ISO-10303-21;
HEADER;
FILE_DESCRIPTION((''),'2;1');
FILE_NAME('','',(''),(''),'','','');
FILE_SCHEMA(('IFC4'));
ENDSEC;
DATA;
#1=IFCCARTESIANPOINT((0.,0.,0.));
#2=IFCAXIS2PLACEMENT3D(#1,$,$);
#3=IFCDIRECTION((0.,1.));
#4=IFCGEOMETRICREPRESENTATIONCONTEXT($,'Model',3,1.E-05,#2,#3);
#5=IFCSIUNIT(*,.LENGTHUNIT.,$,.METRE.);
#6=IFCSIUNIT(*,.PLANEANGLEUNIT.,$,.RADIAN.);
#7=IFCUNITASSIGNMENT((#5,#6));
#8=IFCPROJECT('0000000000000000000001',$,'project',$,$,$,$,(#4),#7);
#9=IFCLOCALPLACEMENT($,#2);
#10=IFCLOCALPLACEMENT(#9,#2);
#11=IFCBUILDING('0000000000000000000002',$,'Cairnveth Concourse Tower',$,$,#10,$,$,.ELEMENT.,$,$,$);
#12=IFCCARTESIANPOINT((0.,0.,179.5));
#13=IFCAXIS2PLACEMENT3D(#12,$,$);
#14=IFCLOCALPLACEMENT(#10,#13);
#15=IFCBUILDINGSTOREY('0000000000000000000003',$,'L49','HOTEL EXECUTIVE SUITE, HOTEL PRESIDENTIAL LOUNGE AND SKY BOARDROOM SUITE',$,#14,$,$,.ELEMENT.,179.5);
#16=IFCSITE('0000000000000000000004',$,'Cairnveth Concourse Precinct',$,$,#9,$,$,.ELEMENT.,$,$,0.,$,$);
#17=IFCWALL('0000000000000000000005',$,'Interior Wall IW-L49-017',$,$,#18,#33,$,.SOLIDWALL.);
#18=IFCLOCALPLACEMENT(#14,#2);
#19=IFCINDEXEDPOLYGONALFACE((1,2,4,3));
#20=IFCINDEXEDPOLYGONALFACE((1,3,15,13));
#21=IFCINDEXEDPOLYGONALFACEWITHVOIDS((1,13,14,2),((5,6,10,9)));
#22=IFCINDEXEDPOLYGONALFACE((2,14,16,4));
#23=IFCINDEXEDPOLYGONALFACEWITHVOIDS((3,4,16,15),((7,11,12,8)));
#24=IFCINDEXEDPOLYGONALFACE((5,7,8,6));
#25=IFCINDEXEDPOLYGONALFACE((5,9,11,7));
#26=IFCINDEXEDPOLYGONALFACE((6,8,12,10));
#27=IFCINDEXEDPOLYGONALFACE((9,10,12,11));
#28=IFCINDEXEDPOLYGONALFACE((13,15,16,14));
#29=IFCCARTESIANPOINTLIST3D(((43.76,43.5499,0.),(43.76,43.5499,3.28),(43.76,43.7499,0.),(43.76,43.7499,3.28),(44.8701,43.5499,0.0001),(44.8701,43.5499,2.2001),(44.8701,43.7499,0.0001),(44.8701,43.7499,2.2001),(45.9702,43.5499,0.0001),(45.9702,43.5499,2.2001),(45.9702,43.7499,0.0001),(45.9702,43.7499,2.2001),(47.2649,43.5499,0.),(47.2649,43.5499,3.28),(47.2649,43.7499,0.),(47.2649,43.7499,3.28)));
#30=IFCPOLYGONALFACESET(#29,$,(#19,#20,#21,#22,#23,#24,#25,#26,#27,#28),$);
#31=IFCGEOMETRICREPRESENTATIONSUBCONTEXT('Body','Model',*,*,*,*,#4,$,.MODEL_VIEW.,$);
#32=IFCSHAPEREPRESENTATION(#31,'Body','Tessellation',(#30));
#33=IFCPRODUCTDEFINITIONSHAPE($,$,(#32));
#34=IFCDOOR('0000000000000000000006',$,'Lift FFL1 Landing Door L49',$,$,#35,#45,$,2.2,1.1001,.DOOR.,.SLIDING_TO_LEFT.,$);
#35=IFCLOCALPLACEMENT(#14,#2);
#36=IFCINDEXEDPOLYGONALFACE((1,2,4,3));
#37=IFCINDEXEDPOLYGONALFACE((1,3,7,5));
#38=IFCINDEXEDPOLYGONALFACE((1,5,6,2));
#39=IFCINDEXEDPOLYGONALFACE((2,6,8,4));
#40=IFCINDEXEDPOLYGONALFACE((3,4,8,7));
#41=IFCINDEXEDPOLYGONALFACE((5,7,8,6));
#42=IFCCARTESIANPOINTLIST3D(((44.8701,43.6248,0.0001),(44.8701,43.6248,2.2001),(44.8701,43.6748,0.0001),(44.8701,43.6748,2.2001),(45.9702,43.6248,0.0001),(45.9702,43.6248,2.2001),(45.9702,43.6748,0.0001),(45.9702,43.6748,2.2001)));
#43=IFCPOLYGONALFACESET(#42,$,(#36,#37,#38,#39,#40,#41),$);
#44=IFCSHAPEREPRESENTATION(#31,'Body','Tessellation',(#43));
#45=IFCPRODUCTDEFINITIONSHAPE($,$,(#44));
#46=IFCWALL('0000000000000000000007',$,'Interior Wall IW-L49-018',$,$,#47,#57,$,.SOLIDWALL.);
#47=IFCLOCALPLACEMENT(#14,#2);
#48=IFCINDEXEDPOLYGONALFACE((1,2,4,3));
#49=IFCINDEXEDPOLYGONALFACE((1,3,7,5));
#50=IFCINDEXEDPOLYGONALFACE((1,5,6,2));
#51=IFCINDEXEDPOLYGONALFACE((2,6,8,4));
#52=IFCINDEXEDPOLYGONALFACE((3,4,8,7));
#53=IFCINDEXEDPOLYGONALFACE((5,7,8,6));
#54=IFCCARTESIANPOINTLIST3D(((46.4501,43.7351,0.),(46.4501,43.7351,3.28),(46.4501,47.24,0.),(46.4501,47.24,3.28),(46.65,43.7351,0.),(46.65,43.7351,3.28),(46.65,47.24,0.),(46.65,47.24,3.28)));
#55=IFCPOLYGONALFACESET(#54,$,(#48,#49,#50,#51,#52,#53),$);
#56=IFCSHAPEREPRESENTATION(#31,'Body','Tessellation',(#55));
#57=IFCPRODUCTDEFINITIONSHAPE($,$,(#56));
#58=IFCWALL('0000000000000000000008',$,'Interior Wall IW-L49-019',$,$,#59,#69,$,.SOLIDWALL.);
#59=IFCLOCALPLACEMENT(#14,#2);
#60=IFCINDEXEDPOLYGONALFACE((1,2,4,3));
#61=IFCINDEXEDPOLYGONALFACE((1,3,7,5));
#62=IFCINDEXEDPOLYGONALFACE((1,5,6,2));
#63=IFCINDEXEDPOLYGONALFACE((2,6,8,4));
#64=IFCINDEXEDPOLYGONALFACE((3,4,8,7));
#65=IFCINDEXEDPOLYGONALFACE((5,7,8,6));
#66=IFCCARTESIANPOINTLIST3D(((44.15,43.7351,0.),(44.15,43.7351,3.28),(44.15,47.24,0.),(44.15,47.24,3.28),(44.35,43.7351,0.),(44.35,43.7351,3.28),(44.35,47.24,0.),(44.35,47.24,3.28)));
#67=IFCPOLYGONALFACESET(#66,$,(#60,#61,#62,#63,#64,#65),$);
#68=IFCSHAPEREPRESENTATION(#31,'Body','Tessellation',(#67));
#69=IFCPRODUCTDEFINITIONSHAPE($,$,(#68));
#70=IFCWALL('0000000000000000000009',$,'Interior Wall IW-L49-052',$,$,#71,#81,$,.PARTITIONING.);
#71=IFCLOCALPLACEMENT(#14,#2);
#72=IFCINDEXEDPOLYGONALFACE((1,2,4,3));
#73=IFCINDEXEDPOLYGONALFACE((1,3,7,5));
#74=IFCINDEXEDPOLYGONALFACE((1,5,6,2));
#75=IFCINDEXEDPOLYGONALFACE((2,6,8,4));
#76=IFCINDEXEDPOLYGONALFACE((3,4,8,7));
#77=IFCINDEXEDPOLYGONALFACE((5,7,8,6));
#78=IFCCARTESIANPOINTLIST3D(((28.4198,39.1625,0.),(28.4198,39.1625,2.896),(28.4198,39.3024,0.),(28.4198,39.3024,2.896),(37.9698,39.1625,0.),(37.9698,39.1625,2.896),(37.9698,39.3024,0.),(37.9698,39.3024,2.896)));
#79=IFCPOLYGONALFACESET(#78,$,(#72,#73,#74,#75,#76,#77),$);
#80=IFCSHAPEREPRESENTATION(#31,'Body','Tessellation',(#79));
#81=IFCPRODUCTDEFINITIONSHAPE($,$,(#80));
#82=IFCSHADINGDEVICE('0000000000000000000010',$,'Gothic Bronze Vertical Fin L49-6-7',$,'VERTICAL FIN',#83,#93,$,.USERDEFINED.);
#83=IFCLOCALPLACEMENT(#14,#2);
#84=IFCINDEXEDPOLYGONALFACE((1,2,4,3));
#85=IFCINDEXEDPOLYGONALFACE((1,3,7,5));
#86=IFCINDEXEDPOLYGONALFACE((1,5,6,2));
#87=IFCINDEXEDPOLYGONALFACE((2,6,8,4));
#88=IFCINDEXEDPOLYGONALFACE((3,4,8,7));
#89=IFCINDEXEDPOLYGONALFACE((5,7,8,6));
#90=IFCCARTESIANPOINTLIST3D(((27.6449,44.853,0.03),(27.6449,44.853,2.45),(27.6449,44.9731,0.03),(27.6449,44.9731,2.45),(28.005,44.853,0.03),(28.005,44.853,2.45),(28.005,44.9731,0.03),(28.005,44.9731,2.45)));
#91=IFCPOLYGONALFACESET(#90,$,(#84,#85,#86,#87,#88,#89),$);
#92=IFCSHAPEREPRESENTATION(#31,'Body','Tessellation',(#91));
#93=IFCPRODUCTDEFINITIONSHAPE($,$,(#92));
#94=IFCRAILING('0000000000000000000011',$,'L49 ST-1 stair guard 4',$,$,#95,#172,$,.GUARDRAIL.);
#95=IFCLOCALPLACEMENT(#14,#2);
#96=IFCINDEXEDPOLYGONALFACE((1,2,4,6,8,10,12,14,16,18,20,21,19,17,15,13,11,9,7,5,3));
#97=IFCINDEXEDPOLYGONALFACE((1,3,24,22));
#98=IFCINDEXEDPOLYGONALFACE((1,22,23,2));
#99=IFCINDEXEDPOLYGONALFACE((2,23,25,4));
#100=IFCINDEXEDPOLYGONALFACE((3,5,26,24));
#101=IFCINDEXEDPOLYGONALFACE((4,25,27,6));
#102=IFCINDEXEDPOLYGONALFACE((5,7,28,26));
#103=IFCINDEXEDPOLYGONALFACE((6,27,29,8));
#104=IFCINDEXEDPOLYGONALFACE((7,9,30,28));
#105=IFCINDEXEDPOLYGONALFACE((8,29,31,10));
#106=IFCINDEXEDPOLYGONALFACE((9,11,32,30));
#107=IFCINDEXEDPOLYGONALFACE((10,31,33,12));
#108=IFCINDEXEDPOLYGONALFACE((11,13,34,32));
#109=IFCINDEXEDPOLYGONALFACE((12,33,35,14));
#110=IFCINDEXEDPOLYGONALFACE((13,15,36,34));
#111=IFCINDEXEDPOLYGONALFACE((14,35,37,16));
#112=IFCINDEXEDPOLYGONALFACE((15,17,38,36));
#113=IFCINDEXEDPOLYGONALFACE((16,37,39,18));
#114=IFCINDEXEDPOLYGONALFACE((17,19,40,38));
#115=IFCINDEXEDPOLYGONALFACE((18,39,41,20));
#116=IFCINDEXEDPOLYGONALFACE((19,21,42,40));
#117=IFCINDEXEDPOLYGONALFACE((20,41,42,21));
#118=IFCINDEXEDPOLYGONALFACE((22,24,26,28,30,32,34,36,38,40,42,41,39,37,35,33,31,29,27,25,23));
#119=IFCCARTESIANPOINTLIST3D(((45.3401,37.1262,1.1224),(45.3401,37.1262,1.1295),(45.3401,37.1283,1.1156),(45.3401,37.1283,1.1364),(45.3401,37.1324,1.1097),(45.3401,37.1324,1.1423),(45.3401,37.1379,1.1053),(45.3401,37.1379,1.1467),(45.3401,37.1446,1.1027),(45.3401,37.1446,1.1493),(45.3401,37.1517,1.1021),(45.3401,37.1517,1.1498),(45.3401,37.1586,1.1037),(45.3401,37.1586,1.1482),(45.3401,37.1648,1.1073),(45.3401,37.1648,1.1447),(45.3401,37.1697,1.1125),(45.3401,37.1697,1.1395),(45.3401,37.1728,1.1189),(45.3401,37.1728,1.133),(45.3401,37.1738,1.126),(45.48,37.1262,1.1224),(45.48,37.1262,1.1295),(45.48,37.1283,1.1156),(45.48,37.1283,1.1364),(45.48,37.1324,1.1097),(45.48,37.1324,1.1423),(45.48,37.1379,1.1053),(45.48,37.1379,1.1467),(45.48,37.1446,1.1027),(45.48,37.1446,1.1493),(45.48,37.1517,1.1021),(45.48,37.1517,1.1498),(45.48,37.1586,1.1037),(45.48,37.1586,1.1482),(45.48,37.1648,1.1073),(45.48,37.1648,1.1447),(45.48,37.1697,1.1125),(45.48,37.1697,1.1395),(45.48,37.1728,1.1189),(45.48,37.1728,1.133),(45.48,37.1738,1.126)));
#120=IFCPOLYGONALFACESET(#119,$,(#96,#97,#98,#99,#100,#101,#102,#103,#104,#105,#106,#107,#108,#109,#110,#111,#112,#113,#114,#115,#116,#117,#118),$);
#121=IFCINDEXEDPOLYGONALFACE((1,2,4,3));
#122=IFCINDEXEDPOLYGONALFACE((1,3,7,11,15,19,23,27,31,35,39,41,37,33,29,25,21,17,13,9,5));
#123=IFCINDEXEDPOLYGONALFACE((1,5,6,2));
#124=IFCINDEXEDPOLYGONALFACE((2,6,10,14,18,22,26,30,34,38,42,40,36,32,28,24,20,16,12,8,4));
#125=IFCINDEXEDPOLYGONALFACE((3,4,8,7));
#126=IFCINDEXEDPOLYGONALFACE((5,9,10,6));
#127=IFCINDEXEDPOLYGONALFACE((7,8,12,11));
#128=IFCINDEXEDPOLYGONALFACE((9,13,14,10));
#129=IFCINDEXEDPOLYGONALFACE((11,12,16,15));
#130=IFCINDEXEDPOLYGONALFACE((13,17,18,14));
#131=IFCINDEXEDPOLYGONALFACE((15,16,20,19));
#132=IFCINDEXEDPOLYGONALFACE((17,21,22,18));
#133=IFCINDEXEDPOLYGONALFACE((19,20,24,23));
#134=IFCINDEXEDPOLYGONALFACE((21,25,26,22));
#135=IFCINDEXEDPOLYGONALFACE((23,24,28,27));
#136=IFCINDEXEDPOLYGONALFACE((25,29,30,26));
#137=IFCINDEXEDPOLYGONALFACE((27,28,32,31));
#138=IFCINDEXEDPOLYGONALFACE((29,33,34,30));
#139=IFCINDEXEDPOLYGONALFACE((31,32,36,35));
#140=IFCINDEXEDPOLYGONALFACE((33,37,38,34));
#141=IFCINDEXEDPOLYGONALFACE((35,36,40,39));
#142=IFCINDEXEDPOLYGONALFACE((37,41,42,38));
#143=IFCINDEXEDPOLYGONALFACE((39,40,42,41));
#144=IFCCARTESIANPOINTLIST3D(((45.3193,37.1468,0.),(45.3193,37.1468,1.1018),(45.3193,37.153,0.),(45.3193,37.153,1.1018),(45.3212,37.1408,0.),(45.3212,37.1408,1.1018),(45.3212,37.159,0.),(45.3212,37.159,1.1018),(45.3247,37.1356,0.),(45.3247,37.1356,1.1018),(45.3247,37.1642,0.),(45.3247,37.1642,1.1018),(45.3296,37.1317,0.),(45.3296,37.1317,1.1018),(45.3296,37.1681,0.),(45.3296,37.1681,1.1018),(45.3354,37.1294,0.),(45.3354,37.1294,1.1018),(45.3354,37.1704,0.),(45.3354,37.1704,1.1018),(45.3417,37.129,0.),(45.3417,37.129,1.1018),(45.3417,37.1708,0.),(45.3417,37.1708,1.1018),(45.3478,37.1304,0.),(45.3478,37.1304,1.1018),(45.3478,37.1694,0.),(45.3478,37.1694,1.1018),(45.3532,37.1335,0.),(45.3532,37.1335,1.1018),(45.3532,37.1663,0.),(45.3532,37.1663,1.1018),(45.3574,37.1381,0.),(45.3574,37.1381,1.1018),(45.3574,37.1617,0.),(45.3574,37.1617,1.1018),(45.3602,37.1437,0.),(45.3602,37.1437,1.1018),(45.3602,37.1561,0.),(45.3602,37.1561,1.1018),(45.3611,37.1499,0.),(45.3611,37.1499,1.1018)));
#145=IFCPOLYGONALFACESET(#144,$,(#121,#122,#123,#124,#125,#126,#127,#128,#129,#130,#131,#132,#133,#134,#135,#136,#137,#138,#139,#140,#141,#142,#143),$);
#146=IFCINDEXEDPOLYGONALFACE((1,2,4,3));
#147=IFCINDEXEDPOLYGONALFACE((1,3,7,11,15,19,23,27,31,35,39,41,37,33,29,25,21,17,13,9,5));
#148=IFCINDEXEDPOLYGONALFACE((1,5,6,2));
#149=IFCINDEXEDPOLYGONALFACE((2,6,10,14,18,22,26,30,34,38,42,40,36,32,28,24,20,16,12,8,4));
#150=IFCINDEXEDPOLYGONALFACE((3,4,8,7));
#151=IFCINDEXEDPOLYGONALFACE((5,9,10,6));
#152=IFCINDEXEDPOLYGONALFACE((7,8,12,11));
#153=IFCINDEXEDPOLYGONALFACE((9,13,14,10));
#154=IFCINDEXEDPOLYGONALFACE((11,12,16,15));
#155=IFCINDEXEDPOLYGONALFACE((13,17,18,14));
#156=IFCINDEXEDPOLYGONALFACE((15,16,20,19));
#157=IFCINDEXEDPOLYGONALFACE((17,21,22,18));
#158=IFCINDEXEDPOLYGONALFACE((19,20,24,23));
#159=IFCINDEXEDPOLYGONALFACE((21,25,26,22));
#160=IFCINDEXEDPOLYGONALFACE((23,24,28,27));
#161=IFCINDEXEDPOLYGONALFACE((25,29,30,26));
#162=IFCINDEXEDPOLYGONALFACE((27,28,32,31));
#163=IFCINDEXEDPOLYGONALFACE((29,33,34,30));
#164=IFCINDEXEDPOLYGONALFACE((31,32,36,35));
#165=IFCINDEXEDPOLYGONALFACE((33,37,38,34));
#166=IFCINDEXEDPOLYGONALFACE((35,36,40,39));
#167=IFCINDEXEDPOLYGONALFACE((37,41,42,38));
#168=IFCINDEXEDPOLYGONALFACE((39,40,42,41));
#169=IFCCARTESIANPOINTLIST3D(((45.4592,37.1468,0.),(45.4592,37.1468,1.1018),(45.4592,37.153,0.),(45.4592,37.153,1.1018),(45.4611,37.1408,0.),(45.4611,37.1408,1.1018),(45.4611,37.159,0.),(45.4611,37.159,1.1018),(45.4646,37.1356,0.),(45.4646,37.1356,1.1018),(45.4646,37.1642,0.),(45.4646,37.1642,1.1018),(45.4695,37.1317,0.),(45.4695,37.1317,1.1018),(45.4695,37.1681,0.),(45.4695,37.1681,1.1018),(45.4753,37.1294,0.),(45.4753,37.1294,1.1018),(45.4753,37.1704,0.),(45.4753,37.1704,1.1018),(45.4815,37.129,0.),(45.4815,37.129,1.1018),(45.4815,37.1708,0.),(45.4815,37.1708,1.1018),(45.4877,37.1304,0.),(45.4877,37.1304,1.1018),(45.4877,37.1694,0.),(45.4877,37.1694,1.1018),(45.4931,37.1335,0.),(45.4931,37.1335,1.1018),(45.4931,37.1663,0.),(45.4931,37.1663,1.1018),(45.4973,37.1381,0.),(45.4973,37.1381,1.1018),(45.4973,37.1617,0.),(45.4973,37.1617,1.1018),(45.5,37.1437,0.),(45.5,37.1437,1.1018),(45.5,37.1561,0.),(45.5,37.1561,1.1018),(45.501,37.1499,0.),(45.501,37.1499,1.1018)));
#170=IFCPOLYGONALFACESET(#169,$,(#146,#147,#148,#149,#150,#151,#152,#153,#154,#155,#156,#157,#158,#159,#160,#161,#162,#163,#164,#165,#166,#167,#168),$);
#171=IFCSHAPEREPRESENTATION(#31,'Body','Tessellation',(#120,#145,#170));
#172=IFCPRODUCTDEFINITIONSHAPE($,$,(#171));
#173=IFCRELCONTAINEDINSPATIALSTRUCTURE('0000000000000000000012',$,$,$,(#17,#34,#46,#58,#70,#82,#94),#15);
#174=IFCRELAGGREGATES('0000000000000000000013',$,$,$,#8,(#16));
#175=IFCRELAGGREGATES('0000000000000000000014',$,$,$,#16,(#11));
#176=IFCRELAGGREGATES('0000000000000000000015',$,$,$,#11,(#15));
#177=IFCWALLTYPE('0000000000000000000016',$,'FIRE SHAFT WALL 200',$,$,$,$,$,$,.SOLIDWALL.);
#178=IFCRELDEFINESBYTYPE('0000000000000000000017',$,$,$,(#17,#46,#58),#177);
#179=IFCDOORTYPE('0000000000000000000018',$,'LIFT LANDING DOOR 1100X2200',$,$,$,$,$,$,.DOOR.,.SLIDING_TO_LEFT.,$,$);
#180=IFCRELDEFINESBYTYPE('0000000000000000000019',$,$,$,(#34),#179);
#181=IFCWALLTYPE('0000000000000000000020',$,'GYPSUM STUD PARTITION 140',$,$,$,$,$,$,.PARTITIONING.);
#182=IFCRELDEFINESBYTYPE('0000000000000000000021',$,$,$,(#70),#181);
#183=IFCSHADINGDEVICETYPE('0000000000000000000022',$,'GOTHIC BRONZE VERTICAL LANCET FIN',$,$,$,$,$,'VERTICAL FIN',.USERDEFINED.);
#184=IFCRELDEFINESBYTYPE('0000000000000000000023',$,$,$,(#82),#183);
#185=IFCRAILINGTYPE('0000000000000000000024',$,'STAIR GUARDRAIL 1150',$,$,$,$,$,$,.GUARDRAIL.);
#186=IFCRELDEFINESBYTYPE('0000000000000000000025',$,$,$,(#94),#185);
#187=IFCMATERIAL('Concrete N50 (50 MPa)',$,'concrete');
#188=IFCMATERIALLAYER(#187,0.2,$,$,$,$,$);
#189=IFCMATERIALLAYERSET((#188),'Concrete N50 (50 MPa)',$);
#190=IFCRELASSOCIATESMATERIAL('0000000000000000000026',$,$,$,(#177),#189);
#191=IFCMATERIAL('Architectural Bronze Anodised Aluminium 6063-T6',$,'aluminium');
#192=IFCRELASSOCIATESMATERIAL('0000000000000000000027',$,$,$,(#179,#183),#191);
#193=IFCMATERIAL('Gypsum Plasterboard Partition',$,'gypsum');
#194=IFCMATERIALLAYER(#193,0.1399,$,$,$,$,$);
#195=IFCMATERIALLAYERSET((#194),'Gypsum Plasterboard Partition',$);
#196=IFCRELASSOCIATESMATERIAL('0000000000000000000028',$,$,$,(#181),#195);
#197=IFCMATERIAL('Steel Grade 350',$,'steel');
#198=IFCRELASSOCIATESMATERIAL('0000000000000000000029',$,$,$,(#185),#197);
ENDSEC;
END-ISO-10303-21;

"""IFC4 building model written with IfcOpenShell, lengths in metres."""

from ifc_helpers import new_model, si_unit, direction, frame, frame_2d, origin, origin_2d, place, context, subcontext, project, spatial, rectangle, circle, extrude, material, layer, layer_set, type_object, element, fill, save


model = new_model("IFC4")

# Units and contexts
model_context = context("Model", 3, precision=1e-05, world=origin(), true_north=direction((0.0, 1.0)))
body_context = subcontext(model_context, "Body", "Model", "MODEL_VIEW")
ifc_project = project(units=[si_unit("LENGTHUNIT", "METRE"), si_unit("PLANEANGLEUNIT", "RADIAN")], contexts=[model_context])

# Site, building, storey
site_placement = place(None, origin())
site = spatial("IfcSite", under=ifc_project, at=site_placement, Name="Cairnveth Concourse Precinct", CompositionType="ELEMENT", RefElevation=0.0)
building_placement = place(site_placement, origin())
building = spatial("IfcBuilding", under=site, at=building_placement, Name="Cairnveth Concourse Tower", CompositionType="ELEMENT")
storey_placement = place(building_placement, frame((0.0, 0.0, 179.5)))
storey = spatial("IfcBuildingStorey", under=building, at=storey_placement, Name="L49", Description="HOTEL EXECUTIVE SUITE, HOTEL PRESIDENTIAL LOUNGE AND SKY BOARDROOM SUITE", CompositionType="ELEMENT", Elevation=179.5)

# Shared definitions
ifc_material_1 = material(Name="Steel Grade 350", Category="steel")

# Wall, opening, door
ifc_material_2 = material(Name="Concrete N50 (50 MPa)", Category="concrete")
ifc_layer_1 = layer(ifc_material_2, 0.2)
ifc_layer_set_1 = layer_set([ifc_layer_1], Name="Concrete N50 (50 MPa)")
wall_type_1 = type_object("IfcWallType", Name="FIRE SHAFT WALL 200", PredefinedType="SOLIDWALL", material=ifc_layer_set_1)
wall_1_placement = place(storey_placement, frame((43.76, 43.6499, 0.0), z_axis=(0.0, 0.0, 1.0), x_axis=(1.0, 0.0, 0.0)))
wall_1 = element("IfcWall", 1, at=wall_1_placement, inside=storey, type_object=wall_type_1, Name="Interior Wall IW-L49-017", PredefinedType="SOLIDWALL", context=body_context, shape_type="SweptSolid", body=[
    extrude(rectangle(XDim=3.5049, YDim=0.2, at=frame_2d((1.7524, 0.0))), origin(), (0.0, 0.0, 1.0), 3.28),
])
opening_1_placement = place(wall_1_placement, frame((1.1101, 0.0, 0.0)))
opening_1 = element("IfcOpeningElement", 2, at=opening_1_placement, cuts=wall_1, PredefinedType="OPENING", context=body_context, shape_type="SweptSolid", body=[
    extrude(rectangle(XDim=1.1001, YDim=2.2, at=frame_2d((0.55, 1.1001))), frame((0.0, 0.1099, 0.0), z_axis=(0.0, -1.0, 0.0), x_axis=(1.0, 0.0, 0.0)), (0.0, 0.0, 1.0), 0.22),
])
ifc_material_3 = material(Name="Architectural Bronze Anodised Aluminium 6063-T6", Category="aluminium")
door_type_1 = type_object("IfcDoorType", Name="LIFT LANDING DOOR 1100X2200", OperationType="SLIDING_TO_LEFT", PredefinedType="DOOR", material=ifc_material_3)
door_1_placement = place(opening_1_placement, origin())
door_1 = element("IfcDoor", 3, at=door_1_placement, inside=storey, type_object=door_type_1, Name="Lift FFL1 Landing Door L49", OperationType="SLIDING_TO_LEFT", OverallHeight=2.2, OverallWidth=1.1001, PredefinedType="DOOR", context=body_context, shape_type="SweptSolid", body=[
    extrude(rectangle(XDim=1.1001, YDim=2.2, at=frame_2d((0.55, 1.1001))), frame((0.0, 0.0249, 0.0), z_axis=(0.0, -1.0, 0.0), x_axis=(1.0, 0.0, 0.0)), (0.0, 0.0, 1.0), 0.05),
])
fill(opening_1, door_1)

# Walls
for number, where, z_axis, x_axis, name in (
    (4, (46.55, 43.7351, 0.0), (0.0, 0.0, 1.0), (0.0, 1.0, 0.0), "Interior Wall IW-L49-018"),
    (5, (44.25, 43.7351, 0.0), (0.0, 0.0, 1.0), (0.0, 1.0, 0.0), "Interior Wall IW-L49-019"),
):
    element("IfcWall", number, at=place(storey_placement, frame(where, z_axis=z_axis, x_axis=x_axis)), inside=storey, type_object=wall_type_1, Name=name, PredefinedType="SOLIDWALL", context=body_context, shape_type="SweptSolid", body=[
        extrude(rectangle(XDim=3.5049, YDim=0.2, at=frame_2d((1.7524, 0.0))), origin(), (0.0, 0.0, 1.0), 3.28),
    ])
ifc_material_4 = material(Name="Gypsum Plasterboard Partition", Category="gypsum")
ifc_layer_2 = layer(ifc_material_4, 0.1399)
ifc_layer_set_2 = layer_set([ifc_layer_2], Name="Gypsum Plasterboard Partition")
wall_type_2 = type_object("IfcWallType", Name="GYPSUM STUD PARTITION 140", PredefinedType="PARTITIONING", material=ifc_layer_set_2)
wall_2_placement = place(storey_placement, frame((28.4199, 39.2324, 0.0), z_axis=(0.0, 0.0, 1.0), x_axis=(1.0, 0.0, 0.0)))
element("IfcWall", 6, at=wall_2_placement, inside=storey, type_object=wall_type_2, Name="Interior Wall IW-L49-052", PredefinedType="PARTITIONING", context=body_context, shape_type="SweptSolid", body=[
    extrude(rectangle(XDim=9.55, YDim=0.1399, at=frame_2d((4.7749, 0.0))), origin(), (0.0, 0.0, 1.0), 2.896),
])

# Shading device
shading_device_type = type_object("IfcShadingDeviceType", Name="GOTHIC BRONZE VERTICAL LANCET FIN", ElementType="VERTICAL FIN", PredefinedType="USERDEFINED", material=ifc_material_3)
shading_device_placement = place(storey_placement, frame((27.825, 44.9131, 0.03), z_axis=(0.0, 0.0, 1.0), x_axis=(0.0, 1.0, 0.0)))
element("IfcShadingDevice", 7, at=shading_device_placement, inside=storey, type_object=shading_device_type, Name="Gothic Bronze Vertical Fin L49-6-7", ObjectType="VERTICAL FIN", PredefinedType="USERDEFINED", context=body_context, shape_type="SweptSolid", body=[
    extrude(rectangle(XDim=0.1201, YDim=0.3601, at=origin_2d()), origin(), (0.0, 0.0, 1.0), 2.4199),
])

# Railing
railing_type = type_object("IfcRailingType", Name="STAIR GUARDRAIL 1150", PredefinedType="GUARDRAIL", material=ifc_material_1)
railing_placement = place(storey_placement, frame((45.3401, 37.1499, 0.0)))
element("IfcRailing", 8, at=railing_placement, inside=storey, type_object=railing_type, Name="L49 ST-1 stair guard 4", PredefinedType="GUARDRAIL", context=body_context, shape_type="SweptSolid", body=[
    extrude(circle(Radius=0.0239, at=origin_2d()), frame((0.0, 0.0, 1.126), z_axis=(1.0, 0.0, 0.0), x_axis=(0.0, 1.0, 0.0)), (0.0, 0.0, 1.0), 0.1399),
    extrude(circle(Radius=0.021, at=origin_2d()), origin(), (0.0, 0.0, 1.0), 1.1018),
    extrude(circle(Radius=0.021, at=origin_2d()), frame((0.1399, 0.0, 0.0)), (0.0, 0.0, 1.0), 1.1018),
])

save(model, "model.ifc")
